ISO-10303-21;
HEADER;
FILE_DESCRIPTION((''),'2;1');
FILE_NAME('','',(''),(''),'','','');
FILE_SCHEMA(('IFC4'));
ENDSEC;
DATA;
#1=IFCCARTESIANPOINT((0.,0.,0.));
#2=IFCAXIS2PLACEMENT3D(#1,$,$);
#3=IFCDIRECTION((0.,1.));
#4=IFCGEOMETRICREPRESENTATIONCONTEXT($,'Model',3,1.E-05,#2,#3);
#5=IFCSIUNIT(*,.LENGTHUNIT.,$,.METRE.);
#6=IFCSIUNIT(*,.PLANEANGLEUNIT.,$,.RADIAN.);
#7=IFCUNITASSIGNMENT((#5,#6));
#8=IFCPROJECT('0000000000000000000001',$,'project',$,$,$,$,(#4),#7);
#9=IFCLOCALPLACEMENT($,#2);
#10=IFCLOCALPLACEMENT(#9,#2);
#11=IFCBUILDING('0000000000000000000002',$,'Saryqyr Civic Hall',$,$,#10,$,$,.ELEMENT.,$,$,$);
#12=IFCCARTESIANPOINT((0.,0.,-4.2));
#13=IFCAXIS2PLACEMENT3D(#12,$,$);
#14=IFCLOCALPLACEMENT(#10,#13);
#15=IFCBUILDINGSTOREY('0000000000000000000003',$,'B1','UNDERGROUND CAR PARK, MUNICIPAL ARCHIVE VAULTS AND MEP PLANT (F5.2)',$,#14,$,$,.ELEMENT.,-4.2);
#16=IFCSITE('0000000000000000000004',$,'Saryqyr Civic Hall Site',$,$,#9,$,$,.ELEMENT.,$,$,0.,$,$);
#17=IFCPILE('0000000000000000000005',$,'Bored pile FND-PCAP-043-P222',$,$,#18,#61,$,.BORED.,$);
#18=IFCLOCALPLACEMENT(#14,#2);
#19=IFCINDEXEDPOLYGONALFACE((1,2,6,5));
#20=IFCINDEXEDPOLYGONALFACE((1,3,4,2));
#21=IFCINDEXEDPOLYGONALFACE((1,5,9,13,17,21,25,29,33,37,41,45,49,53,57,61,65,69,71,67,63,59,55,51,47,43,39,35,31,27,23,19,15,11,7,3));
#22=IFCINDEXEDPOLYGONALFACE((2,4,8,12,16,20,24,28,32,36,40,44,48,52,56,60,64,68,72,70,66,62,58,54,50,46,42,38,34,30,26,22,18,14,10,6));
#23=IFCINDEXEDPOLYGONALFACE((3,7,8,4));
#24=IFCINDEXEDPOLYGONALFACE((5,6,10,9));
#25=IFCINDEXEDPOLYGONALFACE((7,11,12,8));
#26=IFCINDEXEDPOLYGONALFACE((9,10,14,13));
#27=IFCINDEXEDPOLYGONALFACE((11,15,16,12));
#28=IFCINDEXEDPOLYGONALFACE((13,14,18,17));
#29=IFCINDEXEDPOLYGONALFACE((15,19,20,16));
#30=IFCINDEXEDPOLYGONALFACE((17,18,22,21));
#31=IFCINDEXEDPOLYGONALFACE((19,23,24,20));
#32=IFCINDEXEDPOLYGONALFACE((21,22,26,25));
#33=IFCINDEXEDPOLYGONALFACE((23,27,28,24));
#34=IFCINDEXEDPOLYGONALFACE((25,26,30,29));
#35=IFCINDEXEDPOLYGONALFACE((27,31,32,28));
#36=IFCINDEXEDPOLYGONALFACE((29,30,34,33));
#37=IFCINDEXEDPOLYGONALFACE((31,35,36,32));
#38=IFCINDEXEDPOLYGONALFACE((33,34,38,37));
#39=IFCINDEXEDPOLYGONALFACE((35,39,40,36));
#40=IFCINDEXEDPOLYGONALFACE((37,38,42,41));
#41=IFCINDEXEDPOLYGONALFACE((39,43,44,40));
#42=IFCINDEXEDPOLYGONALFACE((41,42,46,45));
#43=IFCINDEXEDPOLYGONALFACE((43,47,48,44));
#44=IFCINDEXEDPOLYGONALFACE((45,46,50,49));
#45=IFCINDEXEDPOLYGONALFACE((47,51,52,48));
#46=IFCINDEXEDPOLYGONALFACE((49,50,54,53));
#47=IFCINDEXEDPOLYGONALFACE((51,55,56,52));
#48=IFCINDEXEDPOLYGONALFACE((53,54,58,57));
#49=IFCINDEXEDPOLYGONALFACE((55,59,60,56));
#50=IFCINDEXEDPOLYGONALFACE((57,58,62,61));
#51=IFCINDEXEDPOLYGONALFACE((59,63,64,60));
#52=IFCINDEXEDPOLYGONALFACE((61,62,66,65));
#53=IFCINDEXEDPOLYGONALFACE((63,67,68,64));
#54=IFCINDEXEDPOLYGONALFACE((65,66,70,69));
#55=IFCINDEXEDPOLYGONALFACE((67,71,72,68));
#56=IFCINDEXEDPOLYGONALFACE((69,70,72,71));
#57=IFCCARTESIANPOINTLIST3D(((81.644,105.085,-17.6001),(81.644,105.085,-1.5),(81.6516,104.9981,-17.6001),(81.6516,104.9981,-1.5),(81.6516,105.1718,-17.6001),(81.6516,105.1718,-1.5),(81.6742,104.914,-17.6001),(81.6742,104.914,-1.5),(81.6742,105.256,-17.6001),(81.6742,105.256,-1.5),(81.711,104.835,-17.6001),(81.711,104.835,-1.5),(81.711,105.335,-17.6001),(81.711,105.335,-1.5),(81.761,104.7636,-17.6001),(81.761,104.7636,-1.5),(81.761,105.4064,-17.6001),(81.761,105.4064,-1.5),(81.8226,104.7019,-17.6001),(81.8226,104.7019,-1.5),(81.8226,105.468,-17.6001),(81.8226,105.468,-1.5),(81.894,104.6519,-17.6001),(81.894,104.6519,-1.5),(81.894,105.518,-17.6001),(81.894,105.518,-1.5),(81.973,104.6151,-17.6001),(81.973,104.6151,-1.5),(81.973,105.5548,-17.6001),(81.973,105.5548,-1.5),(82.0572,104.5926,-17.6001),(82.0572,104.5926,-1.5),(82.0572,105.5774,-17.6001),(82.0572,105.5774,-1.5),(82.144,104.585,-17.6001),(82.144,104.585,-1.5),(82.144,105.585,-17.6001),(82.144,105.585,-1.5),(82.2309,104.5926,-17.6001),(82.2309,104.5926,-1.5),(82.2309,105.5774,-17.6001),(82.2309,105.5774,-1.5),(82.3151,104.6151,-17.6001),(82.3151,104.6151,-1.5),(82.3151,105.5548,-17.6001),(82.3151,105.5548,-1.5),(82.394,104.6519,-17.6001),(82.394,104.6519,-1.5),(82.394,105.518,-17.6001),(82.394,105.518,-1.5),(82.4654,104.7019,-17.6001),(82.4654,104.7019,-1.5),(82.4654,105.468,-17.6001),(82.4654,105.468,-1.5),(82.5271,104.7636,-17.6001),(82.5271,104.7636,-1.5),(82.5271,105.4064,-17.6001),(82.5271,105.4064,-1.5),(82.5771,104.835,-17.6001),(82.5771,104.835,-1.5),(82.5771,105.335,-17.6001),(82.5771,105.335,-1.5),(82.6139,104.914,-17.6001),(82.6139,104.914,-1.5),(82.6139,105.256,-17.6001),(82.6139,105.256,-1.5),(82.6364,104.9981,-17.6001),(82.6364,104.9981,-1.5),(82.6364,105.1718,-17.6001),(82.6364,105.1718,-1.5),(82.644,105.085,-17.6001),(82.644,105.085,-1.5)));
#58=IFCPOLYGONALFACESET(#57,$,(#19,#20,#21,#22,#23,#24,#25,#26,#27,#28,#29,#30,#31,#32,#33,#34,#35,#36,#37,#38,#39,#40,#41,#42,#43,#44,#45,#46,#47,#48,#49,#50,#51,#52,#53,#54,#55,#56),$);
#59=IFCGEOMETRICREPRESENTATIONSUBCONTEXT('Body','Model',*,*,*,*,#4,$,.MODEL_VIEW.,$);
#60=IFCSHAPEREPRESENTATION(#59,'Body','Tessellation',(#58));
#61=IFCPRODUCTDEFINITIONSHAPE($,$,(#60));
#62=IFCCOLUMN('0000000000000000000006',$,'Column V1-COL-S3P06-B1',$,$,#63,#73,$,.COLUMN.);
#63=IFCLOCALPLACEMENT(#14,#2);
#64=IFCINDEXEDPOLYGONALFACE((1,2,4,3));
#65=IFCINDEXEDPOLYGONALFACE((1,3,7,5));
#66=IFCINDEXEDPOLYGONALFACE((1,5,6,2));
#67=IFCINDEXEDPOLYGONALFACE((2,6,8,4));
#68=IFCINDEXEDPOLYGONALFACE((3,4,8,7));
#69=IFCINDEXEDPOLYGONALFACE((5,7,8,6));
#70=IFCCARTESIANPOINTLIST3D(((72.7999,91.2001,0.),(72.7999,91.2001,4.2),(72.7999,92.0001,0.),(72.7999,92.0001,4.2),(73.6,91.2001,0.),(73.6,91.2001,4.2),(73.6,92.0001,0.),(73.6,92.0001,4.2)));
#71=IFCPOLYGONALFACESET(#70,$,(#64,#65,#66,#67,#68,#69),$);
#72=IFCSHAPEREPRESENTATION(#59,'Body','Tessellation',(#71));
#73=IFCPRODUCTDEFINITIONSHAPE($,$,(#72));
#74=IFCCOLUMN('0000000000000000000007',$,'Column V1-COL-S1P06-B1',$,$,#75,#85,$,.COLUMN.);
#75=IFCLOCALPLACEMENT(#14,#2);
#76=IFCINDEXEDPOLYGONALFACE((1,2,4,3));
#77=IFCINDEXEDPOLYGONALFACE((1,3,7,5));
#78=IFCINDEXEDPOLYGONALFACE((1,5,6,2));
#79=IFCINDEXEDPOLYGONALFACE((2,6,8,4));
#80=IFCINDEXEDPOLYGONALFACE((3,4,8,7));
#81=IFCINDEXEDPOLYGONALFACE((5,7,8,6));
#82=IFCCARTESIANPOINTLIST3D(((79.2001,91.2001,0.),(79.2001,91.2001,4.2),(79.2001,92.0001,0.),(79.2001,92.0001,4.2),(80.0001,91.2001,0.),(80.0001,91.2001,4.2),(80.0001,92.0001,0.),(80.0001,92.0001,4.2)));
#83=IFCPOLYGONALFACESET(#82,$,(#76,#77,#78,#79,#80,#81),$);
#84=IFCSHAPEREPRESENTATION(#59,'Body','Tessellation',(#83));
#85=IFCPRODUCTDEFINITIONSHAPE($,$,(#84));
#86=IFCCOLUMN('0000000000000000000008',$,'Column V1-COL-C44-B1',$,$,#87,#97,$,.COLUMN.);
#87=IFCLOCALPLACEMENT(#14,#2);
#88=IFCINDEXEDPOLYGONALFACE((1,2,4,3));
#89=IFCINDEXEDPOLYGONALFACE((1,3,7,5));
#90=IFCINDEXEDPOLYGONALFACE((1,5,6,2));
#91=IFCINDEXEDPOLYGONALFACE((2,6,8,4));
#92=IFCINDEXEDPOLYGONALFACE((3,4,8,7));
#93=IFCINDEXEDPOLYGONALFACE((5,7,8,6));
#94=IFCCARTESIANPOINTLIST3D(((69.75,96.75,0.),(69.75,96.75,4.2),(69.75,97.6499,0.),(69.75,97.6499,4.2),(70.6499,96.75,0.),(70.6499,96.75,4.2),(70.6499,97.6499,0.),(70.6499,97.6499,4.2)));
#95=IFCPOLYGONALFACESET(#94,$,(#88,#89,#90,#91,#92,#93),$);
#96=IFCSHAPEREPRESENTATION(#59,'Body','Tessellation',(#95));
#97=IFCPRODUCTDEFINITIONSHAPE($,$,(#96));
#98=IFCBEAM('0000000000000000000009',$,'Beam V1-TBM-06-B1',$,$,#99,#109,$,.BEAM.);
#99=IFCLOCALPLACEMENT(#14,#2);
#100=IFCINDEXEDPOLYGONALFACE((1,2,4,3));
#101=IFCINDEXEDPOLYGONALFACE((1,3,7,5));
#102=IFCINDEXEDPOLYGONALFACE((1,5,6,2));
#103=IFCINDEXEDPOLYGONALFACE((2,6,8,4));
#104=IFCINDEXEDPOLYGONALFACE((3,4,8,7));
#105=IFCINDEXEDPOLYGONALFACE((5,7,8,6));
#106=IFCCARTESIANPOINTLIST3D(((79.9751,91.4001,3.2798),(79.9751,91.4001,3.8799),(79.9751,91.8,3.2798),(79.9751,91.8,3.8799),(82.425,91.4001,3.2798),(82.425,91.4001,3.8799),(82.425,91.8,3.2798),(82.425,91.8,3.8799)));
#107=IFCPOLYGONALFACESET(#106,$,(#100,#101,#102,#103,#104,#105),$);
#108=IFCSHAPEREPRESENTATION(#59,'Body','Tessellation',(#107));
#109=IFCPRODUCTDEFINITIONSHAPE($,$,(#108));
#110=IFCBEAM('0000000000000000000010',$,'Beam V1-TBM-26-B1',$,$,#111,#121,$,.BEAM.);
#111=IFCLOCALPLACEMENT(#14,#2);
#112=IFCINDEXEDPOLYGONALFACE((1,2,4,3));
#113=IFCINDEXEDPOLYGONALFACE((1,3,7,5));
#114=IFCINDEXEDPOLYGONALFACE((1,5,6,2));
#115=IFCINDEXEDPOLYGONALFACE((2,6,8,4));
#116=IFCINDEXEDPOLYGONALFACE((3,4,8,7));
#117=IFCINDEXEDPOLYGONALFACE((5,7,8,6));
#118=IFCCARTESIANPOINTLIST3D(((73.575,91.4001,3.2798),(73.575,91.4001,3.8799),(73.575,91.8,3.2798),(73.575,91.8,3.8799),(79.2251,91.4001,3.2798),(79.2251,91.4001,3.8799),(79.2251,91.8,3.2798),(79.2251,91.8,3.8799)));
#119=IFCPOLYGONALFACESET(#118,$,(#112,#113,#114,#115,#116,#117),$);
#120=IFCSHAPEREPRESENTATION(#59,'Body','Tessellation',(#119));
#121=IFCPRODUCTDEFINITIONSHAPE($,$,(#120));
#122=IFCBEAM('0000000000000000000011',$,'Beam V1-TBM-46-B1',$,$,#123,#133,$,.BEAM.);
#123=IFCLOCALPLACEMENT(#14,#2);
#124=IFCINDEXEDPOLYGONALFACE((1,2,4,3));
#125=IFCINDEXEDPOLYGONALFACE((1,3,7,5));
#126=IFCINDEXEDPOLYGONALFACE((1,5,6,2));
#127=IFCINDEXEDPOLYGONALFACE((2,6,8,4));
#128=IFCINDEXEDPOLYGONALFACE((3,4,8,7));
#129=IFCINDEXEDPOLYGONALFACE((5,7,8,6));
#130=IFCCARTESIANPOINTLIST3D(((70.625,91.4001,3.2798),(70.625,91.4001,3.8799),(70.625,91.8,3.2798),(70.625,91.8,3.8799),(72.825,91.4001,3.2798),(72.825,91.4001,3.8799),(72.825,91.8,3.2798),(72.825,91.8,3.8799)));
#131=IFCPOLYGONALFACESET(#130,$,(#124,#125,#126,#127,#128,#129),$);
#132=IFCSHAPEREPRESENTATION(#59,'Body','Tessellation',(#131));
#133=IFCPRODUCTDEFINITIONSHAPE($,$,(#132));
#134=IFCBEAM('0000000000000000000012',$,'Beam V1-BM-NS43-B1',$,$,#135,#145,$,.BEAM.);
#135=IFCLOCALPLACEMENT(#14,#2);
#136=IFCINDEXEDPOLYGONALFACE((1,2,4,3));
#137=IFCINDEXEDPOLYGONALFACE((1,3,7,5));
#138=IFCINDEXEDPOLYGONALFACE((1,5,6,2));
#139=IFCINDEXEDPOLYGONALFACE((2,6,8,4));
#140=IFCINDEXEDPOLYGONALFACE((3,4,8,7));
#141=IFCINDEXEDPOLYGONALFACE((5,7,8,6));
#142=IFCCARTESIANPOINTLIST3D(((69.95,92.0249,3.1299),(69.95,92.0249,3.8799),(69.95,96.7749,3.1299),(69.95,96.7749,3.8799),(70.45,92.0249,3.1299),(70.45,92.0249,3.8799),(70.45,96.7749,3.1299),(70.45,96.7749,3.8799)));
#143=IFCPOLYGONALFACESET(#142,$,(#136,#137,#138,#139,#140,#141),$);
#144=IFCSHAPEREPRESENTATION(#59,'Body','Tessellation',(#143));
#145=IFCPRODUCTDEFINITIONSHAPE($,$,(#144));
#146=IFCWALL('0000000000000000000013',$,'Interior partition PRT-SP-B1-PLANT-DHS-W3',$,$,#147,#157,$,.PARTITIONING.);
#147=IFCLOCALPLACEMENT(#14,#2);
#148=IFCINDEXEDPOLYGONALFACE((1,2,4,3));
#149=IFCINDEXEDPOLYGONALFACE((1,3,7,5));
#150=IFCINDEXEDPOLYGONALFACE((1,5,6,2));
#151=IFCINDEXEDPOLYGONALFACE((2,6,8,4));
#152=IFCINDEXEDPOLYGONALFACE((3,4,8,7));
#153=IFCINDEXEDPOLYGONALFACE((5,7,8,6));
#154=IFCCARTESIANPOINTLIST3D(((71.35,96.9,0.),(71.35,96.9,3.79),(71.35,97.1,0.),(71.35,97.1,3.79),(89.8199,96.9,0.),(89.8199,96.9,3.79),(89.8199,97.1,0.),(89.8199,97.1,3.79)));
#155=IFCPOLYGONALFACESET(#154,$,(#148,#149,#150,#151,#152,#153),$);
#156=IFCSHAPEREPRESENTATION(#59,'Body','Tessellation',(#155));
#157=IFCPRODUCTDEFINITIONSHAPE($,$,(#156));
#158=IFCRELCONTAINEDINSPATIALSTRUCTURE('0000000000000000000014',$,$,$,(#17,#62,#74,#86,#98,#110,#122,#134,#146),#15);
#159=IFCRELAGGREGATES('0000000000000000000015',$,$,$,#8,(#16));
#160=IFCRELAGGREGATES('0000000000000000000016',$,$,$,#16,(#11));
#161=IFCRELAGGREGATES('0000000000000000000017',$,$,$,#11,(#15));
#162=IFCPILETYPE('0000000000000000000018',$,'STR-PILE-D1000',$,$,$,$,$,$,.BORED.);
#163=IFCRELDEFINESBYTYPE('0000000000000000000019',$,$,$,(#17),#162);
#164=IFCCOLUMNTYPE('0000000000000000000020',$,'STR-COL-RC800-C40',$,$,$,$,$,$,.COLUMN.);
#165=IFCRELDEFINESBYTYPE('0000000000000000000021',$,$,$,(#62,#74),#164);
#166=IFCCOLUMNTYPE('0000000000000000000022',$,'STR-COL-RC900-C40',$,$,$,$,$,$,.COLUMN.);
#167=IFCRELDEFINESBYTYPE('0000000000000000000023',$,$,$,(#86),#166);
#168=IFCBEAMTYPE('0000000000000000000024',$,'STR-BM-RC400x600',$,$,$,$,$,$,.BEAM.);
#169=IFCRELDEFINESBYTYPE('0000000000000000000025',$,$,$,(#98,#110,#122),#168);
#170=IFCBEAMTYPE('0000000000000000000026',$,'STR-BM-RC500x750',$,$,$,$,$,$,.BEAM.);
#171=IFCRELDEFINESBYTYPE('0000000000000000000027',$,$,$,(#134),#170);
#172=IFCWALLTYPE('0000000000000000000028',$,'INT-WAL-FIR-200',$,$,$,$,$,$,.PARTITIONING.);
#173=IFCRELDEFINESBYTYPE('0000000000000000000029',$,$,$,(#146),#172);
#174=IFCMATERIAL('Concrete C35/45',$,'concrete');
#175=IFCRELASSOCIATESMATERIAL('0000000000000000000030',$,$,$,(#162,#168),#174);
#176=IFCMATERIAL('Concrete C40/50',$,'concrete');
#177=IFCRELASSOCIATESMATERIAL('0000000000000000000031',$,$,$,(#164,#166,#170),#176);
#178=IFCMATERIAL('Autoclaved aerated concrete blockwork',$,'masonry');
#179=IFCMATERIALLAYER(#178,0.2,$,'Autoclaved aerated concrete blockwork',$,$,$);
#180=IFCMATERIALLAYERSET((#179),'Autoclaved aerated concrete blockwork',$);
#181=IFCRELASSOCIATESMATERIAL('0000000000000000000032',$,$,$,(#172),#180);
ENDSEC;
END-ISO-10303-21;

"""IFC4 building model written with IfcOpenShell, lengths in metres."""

from ifc_helpers import new_model, si_unit, direction, frame, frame_2d, origin, origin_2d, place, context, subcontext, project, spatial, rectangle, circle, extrude, material, layer, layer_set, material_profile, profile_set, type_object, element, save


model = new_model("IFC4")

# Units and contexts
model_context = context("Model", 3, precision=1e-05, world=origin(), true_north=direction((0.0, 1.0)))
body_context = subcontext(model_context, "Body", "Model", "MODEL_VIEW")
ifc_project = project(units=[si_unit("LENGTHUNIT", "METRE"), si_unit("PLANEANGLEUNIT", "RADIAN")], contexts=[model_context])

# Site, building, storey
site_placement = place(None, origin())
site = spatial("IfcSite", under=ifc_project, at=site_placement, Name="Saryqyr Civic Hall Site", CompositionType="ELEMENT", RefElevation=0.0)
building_placement = place(site_placement, origin())
building = spatial("IfcBuilding", under=site, at=building_placement, Name="Saryqyr Civic Hall", CompositionType="ELEMENT")
storey_placement = place(building_placement, frame((0.0, 0.0, -4.2)))
storey = spatial("IfcBuildingStorey", under=building, at=storey_placement, Name="B1", Description="UNDERGROUND CAR PARK, MUNICIPAL ARCHIVE VAULTS AND MEP PLANT (F5.2)", CompositionType="ELEMENT", Elevation=-4.2)

# Pile
ifc_material_1 = material(Name="Concrete C35/45", Category="concrete")
ifc_material_profile_1 = material_profile(ifc_material_1, circle(Radius=0.5, at=origin_2d()), Name="BORED PILE D1000")
ifc_profile_set_1 = profile_set([ifc_material_profile_1], Name="Concrete C35/45")
pile_type = type_object("IfcPileType", Name="STR-PILE-D1000", PredefinedType="BORED", material=ifc_profile_set_1)
for number, where, z_axis, x_axis, name in (
    (1, (82.144, 105.085, -1.5), (0.0, 0.0, -1.0), (1.0, 0.0, 0.0), "Bored pile FND-PCAP-043-P222"),
):
    element("IfcPile", number, at=place(storey_placement, frame(where, z_axis=z_axis, x_axis=x_axis)), inside=storey, type_object=pile_type, Name=name, PredefinedType="BORED", context=body_context, shape_type="SweptSolid", body=[
        extrude(circle(Radius=0.5, at=origin_2d()), origin(), (0.0, 0.0, 1.0), 16.1001),
    ])

# Columns
ifc_material_2 = material(Name="Concrete C40/50", Category="concrete")
ifc_material_profile_2 = material_profile(ifc_material_2, rectangle(XDim=0.8, YDim=0.8, at=origin_2d()), Name="RC 800x800")
ifc_profile_set_2 = profile_set([ifc_material_profile_2], Name="Concrete C40/50")
column_type_1 = type_object("IfcColumnType", Name="STR-COL-RC800-C40", PredefinedType="COLUMN", material=ifc_profile_set_2)
for number, where, z_axis, x_axis, name in (
    (2, (73.2, 91.6001, 0.0), (0.0, 0.0, 1.0), (1.0, 0.0, 0.0), "Column V1-COL-S3P06-B1"),
    (3, (79.6001, 91.6001, 0.0), (0.0, 0.0, 1.0), (1.0, 0.0, 0.0), "Column V1-COL-S1P06-B1"),
):
    element("IfcColumn", number, at=place(storey_placement, frame(where, z_axis=z_axis, x_axis=x_axis)), inside=storey, type_object=column_type_1, Name=name, PredefinedType="COLUMN", context=body_context, shape_type="SweptSolid", body=[
        extrude(rectangle(XDim=0.8, YDim=0.8, at=origin_2d()), origin(), (0.0, 0.0, 1.0), 4.2),
    ])
ifc_material_profile_3 = material_profile(ifc_material_2, rectangle(XDim=0.8999, YDim=0.8999, at=origin_2d()), Name="RC 900x900")
ifc_profile_set_3 = profile_set([ifc_material_profile_3], Name="Concrete C40/50")
column_type_2 = type_object("IfcColumnType", Name="STR-COL-RC900-C40", PredefinedType="COLUMN", material=ifc_profile_set_3)
column_placement = place(storey_placement, frame((70.2, 97.2, 0.0), z_axis=(0.0, 0.0, 1.0), x_axis=(1.0, 0.0, 0.0)))
element("IfcColumn", 4, at=column_placement, inside=storey, type_object=column_type_2, Name="Column V1-COL-C44-B1", PredefinedType="COLUMN", context=body_context, shape_type="SweptSolid", body=[
    extrude(rectangle(XDim=0.8999, YDim=0.8999, at=origin_2d()), origin(), (0.0, 0.0, 1.0), 4.2),
])

# Beams
ifc_material_profile_4 = material_profile(ifc_material_1, rectangle(XDim=0.3999, YDim=0.6001, at=origin_2d()), Name="RC 400x600")
ifc_profile_set_4 = profile_set([ifc_material_profile_4], Name="Concrete C35/45")
beam_type_1 = type_object("IfcBeamType", Name="STR-BM-RC400x600", PredefinedType="BEAM", material=ifc_profile_set_4)
beam_1_placement = place(storey_placement, frame((79.9751, 91.6001, 3.5798), z_axis=(1.0, 0.0, 0.0), x_axis=(0.0, 1.0, 0.0)))
element("IfcBeam", 5, at=beam_1_placement, inside=storey, type_object=beam_type_1, Name="Beam V1-TBM-06-B1", PredefinedType="BEAM", context=body_context, shape_type="SweptSolid", body=[
    extrude(rectangle(XDim=0.3999, YDim=0.6001, at=origin_2d()), origin(), (0.0, 0.0, 1.0), 2.45),
])
beam_2_placement = place(storey_placement, frame((73.575, 91.6001, 3.5798), z_axis=(1.0, 0.0, 0.0), x_axis=(0.0, 1.0, 0.0)))
element("IfcBeam", 6, at=beam_2_placement, inside=storey, type_object=beam_type_1, Name="Beam V1-TBM-26-B1", PredefinedType="BEAM", context=body_context, shape_type="SweptSolid", body=[
    extrude(rectangle(XDim=0.3999, YDim=0.6001, at=origin_2d()), origin(), (0.0, 0.0, 1.0), 5.6501),
])
beam_3_placement = place(storey_placement, frame((70.625, 91.6001, 3.5798), z_axis=(1.0, 0.0, 0.0), x_axis=(0.0, 1.0, 0.0)))
element("IfcBeam", 7, at=beam_3_placement, inside=storey, type_object=beam_type_1, Name="Beam V1-TBM-46-B1", PredefinedType="BEAM", context=body_context, shape_type="SweptSolid", body=[
    extrude(rectangle(XDim=0.3999, YDim=0.6001, at=origin_2d()), origin(), (0.0, 0.0, 1.0), 2.2),
])
ifc_material_profile_5 = material_profile(ifc_material_2, rectangle(XDim=0.5, YDim=0.75, at=origin_2d()), Name="RC 500x750")
ifc_profile_set_5 = profile_set([ifc_material_profile_5], Name="Concrete C40/50")
beam_type_2 = type_object("IfcBeamType", Name="STR-BM-RC500x750", PredefinedType="BEAM", material=ifc_profile_set_5)
beam_4_placement = place(storey_placement, frame((70.2, 92.0249, 3.5049), z_axis=(0.0, 1.0, 0.0), x_axis=(-1.0, 0.0, 0.0)))
element("IfcBeam", 8, at=beam_4_placement, inside=storey, type_object=beam_type_2, Name="Beam V1-BM-NS43-B1", PredefinedType="BEAM", context=body_context, shape_type="SweptSolid", body=[
    extrude(rectangle(XDim=0.5, YDim=0.75, at=origin_2d()), origin(), (0.0, 0.0, 1.0), 4.75),
])

# Wall
ifc_material_3 = material(Name="Autoclaved aerated concrete blockwork", Category="masonry")
ifc_layer = layer(ifc_material_3, 0.2, Name="Autoclaved aerated concrete blockwork")
ifc_layer_set = layer_set([ifc_layer], Name="Autoclaved aerated concrete blockwork")
wall_type = type_object("IfcWallType", Name="INT-WAL-FIR-200", PredefinedType="PARTITIONING", material=ifc_layer_set)
wall_placement = place(storey_placement, frame((71.3501, 97.0, 0.0), z_axis=(0.0, 0.0, 1.0), x_axis=(1.0, 0.0, 0.0)))
element("IfcWall", 9, at=wall_placement, inside=storey, type_object=wall_type, Name="Interior partition PRT-SP-B1-PLANT-DHS-W3", PredefinedType="PARTITIONING", context=body_context, shape_type="SweptSolid", body=[
    extrude(rectangle(XDim=18.47, YDim=0.2, at=frame_2d((9.2349, 0.0))), origin(), (0.0, 0.0, 1.0), 3.79),
])

save(model, "model.ifc")
